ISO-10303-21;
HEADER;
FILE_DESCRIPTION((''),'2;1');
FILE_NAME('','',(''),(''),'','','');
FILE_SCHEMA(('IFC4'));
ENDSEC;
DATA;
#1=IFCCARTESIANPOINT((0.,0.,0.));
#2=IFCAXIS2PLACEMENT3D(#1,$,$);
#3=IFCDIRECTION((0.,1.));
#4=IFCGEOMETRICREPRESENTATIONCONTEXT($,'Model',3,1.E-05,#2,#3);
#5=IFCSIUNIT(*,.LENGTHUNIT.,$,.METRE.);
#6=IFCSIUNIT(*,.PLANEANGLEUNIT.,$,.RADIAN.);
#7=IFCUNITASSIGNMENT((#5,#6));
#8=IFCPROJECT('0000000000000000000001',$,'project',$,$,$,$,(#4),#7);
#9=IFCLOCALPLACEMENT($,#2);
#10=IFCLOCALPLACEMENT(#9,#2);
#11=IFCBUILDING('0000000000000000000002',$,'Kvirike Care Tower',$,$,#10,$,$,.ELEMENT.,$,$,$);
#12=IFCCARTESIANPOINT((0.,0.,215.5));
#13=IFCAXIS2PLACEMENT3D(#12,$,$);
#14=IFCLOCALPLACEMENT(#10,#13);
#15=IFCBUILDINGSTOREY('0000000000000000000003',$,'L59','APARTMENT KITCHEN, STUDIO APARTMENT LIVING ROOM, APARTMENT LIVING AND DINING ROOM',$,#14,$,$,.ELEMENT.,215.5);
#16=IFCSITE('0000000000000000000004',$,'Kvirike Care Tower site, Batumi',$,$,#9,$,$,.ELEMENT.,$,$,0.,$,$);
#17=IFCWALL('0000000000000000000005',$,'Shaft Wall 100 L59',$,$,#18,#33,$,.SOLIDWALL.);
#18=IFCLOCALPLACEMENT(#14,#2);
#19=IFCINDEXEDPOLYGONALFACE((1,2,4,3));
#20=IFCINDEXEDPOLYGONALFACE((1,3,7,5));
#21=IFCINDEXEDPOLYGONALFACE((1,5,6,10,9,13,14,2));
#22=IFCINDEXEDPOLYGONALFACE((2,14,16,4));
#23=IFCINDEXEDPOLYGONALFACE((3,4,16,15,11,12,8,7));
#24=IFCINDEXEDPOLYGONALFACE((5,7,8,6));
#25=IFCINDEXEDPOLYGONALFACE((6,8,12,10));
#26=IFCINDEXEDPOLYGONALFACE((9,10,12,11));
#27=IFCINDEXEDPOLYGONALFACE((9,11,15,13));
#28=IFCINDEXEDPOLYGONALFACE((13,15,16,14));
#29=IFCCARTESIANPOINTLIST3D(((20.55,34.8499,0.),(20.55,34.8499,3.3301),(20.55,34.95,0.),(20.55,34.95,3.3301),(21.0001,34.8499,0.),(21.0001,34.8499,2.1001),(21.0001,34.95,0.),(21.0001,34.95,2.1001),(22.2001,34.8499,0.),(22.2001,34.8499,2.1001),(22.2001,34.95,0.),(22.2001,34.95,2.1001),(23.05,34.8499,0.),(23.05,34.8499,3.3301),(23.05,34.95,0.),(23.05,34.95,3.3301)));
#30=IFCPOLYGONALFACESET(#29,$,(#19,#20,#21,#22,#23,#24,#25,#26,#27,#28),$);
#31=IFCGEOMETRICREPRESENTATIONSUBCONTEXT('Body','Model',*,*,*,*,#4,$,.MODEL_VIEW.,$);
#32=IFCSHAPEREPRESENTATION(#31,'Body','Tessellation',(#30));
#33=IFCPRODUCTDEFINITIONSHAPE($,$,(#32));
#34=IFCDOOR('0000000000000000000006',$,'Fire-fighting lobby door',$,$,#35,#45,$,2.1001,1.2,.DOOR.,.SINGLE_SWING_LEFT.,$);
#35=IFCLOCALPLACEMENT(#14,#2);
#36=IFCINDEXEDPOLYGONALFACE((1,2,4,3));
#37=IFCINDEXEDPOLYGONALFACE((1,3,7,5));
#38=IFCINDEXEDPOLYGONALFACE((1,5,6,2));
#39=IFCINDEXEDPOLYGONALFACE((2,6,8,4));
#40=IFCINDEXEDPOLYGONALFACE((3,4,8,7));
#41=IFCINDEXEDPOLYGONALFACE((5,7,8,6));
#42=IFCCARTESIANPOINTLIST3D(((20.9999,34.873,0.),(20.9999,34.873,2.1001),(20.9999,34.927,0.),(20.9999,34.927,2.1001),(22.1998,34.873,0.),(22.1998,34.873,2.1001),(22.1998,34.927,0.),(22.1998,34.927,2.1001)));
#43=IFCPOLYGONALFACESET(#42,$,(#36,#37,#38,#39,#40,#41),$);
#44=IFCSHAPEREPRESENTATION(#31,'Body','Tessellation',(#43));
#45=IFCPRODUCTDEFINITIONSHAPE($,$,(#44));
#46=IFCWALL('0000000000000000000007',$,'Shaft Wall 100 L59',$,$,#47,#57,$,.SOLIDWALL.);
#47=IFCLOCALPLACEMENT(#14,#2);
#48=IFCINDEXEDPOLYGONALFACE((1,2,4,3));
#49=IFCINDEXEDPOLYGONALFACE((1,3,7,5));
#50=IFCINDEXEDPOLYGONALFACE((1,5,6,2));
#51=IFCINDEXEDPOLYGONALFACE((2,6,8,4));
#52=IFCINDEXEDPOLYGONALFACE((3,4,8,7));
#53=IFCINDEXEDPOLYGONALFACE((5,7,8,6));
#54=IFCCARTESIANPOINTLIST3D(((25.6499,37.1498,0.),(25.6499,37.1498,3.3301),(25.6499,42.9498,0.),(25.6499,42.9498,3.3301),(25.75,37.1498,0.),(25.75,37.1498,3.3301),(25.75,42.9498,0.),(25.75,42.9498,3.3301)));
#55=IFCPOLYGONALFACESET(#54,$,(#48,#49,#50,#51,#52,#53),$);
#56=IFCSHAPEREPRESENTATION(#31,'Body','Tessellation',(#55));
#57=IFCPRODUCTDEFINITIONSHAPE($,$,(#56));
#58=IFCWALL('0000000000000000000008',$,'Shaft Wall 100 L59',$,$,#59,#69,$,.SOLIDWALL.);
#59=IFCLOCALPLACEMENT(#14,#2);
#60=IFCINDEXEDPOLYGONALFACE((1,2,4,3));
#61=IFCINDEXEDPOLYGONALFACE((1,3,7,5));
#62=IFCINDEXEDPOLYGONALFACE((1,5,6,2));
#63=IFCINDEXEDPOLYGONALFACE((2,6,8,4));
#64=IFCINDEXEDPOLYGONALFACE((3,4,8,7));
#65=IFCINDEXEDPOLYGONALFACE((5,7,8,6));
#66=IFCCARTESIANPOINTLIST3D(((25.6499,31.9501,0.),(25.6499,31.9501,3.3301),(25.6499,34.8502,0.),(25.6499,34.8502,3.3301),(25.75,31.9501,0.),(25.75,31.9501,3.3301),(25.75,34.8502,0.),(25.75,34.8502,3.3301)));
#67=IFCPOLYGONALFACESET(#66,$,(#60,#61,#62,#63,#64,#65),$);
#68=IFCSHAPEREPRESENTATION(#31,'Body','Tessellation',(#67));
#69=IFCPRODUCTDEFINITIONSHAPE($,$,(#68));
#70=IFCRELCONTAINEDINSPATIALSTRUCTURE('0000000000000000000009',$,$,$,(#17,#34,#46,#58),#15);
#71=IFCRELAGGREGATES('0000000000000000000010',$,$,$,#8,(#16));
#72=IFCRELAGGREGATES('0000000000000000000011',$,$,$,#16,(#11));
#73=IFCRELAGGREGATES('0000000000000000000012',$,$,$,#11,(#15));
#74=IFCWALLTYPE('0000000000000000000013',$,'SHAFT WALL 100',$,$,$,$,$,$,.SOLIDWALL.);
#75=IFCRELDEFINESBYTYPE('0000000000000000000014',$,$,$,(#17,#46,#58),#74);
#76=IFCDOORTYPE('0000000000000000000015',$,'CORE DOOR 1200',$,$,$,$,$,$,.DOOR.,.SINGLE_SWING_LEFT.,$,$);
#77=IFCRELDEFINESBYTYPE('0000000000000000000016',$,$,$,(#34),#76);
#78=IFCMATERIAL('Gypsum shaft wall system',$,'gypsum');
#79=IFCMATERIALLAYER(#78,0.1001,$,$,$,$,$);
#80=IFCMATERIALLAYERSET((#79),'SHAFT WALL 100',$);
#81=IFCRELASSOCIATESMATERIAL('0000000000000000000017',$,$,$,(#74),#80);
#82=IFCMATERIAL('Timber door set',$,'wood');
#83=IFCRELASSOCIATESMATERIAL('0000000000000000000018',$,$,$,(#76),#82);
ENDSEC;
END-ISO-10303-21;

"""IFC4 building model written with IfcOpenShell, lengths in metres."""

from ifc_helpers import new_model, si_unit, direction, frame, frame_2d, origin, place, context, subcontext, project, spatial, rectangle, extrude, material, layer, layer_set, type_object, element, fill, save


model = new_model("IFC4")

# Units and contexts
model_context = context("Model", 3, precision=1e-05, world=origin(), true_north=direction((0.0, 1.0)))
body_context = subcontext(model_context, "Body", "Model", "MODEL_VIEW")
ifc_project = project(units=[si_unit("LENGTHUNIT", "METRE"), si_unit("PLANEANGLEUNIT", "RADIAN")], contexts=[model_context])

# Site, building, storey
site_placement = place(None, origin())
site = spatial("IfcSite", under=ifc_project, at=site_placement, Name="Kvirike Care Tower site, Batumi", CompositionType="ELEMENT", RefElevation=0.0)
building_placement = place(site_placement, origin())
building = spatial("IfcBuilding", under=site, at=building_placement, Name="Kvirike Care Tower", CompositionType="ELEMENT")
storey_placement = place(building_placement, frame((0.0, 0.0, 215.5)))
storey = spatial("IfcBuildingStorey", under=building, at=storey_placement, Name="L59", Description="APARTMENT KITCHEN, STUDIO APARTMENT LIVING ROOM, APARTMENT LIVING AND DINING ROOM", CompositionType="ELEMENT", Elevation=215.5)

# Shared definitions
ifc_material_1 = material(Name="Gypsum shaft wall system", Category="gypsum")
ifc_layer_1 = layer(ifc_material_1, 0.1001)
ifc_layer_set_1 = layer_set([ifc_layer_1], Name="SHAFT WALL 100")
wall_type_1 = type_object("IfcWallType", Name="SHAFT WALL 100", PredefinedType="SOLIDWALL", material=ifc_layer_set_1)

# Wall, opening, door
wall_1_placement = place(storey_placement, frame((20.55, 34.8999, 0.0), z_axis=(0.0, 0.0, 1.0), x_axis=(1.0, 0.0, 0.0)))
wall_1 = element("IfcWall", 1, at=wall_1_placement, inside=storey, type_object=wall_type_1, Name="Shaft Wall 100 L59", PredefinedType="SOLIDWALL", context=body_context, shape_type="SweptSolid", body=[
    extrude(rectangle(XDim=2.5, YDim=0.1001, at=frame_2d((1.25, 0.0))), origin(), (0.0, 0.0, 1.0), 3.3301),
])
opening_1_placement = place(wall_1_placement, frame((0.45, 0.0, 0.0)))
opening_1 = element("IfcOpeningElement", 2, at=opening_1_placement, cuts=wall_1, PredefinedType="OPENING", context=body_context, shape_type="SweptSolid", body=[
    extrude(rectangle(XDim=1.2, YDim=2.1001, at=frame_2d((0.6001, 1.05))), frame((0.0, 0.0605, 0.0), z_axis=(0.0, -1.0, 0.0), x_axis=(1.0, 0.0, 0.0)), (0.0, 0.0, 1.0), 0.1211),
])
ifc_material_2 = material(Name="Timber door set", Category="wood")
door_type_1 = type_object("IfcDoorType", Name="CORE DOOR 1200", OperationType="SINGLE_SWING_LEFT", PredefinedType="DOOR", material=ifc_material_2)
door_1_placement = place(opening_1_placement, frame((1.2, 0.0, 0.0), z_axis=(0.0, 0.0, 1.0), x_axis=(-1.0, 0.0, 0.0)))
door_1 = element("IfcDoor", 3, at=door_1_placement, inside=storey, type_object=door_type_1, Name="Fire-fighting lobby door", OperationType="SINGLE_SWING_LEFT", OverallHeight=2.1001, OverallWidth=1.2, PredefinedType="DOOR", context=body_context, shape_type="SweptSolid", body=[
    extrude(rectangle(XDim=1.2, YDim=2.1001, at=frame_2d((0.6001, 1.05))), frame((0.0, 0.0269, 0.0), z_axis=(0.0, -1.0, 0.0), x_axis=(1.0, 0.0, 0.0)), (0.0, 0.0, 1.0), 0.054),
])
fill(opening_1, door_1)

# Walls
wall_2_placement = place(storey_placement, frame((25.7, 37.1499, 0.0), z_axis=(0.0, 0.0, 1.0), x_axis=(0.0, 1.0, 0.0)))
element("IfcWall", 4, at=wall_2_placement, inside=storey, type_object=wall_type_1, Name="Shaft Wall 100 L59", PredefinedType="SOLIDWALL", context=body_context, shape_type="SweptSolid", body=[
    extrude(rectangle(XDim=5.8, YDim=0.1001, at=frame_2d((2.8999, 0.0))), origin(), (0.0, 0.0, 1.0), 3.3301),
])
wall_3_placement = place(storey_placement, frame((25.7, 31.95, 0.0), z_axis=(0.0, 0.0, 1.0), x_axis=(0.0, 1.0, 0.0)))
element("IfcWall", 5, at=wall_3_placement, inside=storey, type_object=wall_type_1, Name="Shaft Wall 100 L59", PredefinedType="SOLIDWALL", context=body_context, shape_type="SweptSolid", body=[
    extrude(rectangle(XDim=2.9001, YDim=0.1001, at=frame_2d((1.4502, 0.0))), origin(), (0.0, 0.0, 1.0), 3.3301),
])

save(model, "model.ifc")
